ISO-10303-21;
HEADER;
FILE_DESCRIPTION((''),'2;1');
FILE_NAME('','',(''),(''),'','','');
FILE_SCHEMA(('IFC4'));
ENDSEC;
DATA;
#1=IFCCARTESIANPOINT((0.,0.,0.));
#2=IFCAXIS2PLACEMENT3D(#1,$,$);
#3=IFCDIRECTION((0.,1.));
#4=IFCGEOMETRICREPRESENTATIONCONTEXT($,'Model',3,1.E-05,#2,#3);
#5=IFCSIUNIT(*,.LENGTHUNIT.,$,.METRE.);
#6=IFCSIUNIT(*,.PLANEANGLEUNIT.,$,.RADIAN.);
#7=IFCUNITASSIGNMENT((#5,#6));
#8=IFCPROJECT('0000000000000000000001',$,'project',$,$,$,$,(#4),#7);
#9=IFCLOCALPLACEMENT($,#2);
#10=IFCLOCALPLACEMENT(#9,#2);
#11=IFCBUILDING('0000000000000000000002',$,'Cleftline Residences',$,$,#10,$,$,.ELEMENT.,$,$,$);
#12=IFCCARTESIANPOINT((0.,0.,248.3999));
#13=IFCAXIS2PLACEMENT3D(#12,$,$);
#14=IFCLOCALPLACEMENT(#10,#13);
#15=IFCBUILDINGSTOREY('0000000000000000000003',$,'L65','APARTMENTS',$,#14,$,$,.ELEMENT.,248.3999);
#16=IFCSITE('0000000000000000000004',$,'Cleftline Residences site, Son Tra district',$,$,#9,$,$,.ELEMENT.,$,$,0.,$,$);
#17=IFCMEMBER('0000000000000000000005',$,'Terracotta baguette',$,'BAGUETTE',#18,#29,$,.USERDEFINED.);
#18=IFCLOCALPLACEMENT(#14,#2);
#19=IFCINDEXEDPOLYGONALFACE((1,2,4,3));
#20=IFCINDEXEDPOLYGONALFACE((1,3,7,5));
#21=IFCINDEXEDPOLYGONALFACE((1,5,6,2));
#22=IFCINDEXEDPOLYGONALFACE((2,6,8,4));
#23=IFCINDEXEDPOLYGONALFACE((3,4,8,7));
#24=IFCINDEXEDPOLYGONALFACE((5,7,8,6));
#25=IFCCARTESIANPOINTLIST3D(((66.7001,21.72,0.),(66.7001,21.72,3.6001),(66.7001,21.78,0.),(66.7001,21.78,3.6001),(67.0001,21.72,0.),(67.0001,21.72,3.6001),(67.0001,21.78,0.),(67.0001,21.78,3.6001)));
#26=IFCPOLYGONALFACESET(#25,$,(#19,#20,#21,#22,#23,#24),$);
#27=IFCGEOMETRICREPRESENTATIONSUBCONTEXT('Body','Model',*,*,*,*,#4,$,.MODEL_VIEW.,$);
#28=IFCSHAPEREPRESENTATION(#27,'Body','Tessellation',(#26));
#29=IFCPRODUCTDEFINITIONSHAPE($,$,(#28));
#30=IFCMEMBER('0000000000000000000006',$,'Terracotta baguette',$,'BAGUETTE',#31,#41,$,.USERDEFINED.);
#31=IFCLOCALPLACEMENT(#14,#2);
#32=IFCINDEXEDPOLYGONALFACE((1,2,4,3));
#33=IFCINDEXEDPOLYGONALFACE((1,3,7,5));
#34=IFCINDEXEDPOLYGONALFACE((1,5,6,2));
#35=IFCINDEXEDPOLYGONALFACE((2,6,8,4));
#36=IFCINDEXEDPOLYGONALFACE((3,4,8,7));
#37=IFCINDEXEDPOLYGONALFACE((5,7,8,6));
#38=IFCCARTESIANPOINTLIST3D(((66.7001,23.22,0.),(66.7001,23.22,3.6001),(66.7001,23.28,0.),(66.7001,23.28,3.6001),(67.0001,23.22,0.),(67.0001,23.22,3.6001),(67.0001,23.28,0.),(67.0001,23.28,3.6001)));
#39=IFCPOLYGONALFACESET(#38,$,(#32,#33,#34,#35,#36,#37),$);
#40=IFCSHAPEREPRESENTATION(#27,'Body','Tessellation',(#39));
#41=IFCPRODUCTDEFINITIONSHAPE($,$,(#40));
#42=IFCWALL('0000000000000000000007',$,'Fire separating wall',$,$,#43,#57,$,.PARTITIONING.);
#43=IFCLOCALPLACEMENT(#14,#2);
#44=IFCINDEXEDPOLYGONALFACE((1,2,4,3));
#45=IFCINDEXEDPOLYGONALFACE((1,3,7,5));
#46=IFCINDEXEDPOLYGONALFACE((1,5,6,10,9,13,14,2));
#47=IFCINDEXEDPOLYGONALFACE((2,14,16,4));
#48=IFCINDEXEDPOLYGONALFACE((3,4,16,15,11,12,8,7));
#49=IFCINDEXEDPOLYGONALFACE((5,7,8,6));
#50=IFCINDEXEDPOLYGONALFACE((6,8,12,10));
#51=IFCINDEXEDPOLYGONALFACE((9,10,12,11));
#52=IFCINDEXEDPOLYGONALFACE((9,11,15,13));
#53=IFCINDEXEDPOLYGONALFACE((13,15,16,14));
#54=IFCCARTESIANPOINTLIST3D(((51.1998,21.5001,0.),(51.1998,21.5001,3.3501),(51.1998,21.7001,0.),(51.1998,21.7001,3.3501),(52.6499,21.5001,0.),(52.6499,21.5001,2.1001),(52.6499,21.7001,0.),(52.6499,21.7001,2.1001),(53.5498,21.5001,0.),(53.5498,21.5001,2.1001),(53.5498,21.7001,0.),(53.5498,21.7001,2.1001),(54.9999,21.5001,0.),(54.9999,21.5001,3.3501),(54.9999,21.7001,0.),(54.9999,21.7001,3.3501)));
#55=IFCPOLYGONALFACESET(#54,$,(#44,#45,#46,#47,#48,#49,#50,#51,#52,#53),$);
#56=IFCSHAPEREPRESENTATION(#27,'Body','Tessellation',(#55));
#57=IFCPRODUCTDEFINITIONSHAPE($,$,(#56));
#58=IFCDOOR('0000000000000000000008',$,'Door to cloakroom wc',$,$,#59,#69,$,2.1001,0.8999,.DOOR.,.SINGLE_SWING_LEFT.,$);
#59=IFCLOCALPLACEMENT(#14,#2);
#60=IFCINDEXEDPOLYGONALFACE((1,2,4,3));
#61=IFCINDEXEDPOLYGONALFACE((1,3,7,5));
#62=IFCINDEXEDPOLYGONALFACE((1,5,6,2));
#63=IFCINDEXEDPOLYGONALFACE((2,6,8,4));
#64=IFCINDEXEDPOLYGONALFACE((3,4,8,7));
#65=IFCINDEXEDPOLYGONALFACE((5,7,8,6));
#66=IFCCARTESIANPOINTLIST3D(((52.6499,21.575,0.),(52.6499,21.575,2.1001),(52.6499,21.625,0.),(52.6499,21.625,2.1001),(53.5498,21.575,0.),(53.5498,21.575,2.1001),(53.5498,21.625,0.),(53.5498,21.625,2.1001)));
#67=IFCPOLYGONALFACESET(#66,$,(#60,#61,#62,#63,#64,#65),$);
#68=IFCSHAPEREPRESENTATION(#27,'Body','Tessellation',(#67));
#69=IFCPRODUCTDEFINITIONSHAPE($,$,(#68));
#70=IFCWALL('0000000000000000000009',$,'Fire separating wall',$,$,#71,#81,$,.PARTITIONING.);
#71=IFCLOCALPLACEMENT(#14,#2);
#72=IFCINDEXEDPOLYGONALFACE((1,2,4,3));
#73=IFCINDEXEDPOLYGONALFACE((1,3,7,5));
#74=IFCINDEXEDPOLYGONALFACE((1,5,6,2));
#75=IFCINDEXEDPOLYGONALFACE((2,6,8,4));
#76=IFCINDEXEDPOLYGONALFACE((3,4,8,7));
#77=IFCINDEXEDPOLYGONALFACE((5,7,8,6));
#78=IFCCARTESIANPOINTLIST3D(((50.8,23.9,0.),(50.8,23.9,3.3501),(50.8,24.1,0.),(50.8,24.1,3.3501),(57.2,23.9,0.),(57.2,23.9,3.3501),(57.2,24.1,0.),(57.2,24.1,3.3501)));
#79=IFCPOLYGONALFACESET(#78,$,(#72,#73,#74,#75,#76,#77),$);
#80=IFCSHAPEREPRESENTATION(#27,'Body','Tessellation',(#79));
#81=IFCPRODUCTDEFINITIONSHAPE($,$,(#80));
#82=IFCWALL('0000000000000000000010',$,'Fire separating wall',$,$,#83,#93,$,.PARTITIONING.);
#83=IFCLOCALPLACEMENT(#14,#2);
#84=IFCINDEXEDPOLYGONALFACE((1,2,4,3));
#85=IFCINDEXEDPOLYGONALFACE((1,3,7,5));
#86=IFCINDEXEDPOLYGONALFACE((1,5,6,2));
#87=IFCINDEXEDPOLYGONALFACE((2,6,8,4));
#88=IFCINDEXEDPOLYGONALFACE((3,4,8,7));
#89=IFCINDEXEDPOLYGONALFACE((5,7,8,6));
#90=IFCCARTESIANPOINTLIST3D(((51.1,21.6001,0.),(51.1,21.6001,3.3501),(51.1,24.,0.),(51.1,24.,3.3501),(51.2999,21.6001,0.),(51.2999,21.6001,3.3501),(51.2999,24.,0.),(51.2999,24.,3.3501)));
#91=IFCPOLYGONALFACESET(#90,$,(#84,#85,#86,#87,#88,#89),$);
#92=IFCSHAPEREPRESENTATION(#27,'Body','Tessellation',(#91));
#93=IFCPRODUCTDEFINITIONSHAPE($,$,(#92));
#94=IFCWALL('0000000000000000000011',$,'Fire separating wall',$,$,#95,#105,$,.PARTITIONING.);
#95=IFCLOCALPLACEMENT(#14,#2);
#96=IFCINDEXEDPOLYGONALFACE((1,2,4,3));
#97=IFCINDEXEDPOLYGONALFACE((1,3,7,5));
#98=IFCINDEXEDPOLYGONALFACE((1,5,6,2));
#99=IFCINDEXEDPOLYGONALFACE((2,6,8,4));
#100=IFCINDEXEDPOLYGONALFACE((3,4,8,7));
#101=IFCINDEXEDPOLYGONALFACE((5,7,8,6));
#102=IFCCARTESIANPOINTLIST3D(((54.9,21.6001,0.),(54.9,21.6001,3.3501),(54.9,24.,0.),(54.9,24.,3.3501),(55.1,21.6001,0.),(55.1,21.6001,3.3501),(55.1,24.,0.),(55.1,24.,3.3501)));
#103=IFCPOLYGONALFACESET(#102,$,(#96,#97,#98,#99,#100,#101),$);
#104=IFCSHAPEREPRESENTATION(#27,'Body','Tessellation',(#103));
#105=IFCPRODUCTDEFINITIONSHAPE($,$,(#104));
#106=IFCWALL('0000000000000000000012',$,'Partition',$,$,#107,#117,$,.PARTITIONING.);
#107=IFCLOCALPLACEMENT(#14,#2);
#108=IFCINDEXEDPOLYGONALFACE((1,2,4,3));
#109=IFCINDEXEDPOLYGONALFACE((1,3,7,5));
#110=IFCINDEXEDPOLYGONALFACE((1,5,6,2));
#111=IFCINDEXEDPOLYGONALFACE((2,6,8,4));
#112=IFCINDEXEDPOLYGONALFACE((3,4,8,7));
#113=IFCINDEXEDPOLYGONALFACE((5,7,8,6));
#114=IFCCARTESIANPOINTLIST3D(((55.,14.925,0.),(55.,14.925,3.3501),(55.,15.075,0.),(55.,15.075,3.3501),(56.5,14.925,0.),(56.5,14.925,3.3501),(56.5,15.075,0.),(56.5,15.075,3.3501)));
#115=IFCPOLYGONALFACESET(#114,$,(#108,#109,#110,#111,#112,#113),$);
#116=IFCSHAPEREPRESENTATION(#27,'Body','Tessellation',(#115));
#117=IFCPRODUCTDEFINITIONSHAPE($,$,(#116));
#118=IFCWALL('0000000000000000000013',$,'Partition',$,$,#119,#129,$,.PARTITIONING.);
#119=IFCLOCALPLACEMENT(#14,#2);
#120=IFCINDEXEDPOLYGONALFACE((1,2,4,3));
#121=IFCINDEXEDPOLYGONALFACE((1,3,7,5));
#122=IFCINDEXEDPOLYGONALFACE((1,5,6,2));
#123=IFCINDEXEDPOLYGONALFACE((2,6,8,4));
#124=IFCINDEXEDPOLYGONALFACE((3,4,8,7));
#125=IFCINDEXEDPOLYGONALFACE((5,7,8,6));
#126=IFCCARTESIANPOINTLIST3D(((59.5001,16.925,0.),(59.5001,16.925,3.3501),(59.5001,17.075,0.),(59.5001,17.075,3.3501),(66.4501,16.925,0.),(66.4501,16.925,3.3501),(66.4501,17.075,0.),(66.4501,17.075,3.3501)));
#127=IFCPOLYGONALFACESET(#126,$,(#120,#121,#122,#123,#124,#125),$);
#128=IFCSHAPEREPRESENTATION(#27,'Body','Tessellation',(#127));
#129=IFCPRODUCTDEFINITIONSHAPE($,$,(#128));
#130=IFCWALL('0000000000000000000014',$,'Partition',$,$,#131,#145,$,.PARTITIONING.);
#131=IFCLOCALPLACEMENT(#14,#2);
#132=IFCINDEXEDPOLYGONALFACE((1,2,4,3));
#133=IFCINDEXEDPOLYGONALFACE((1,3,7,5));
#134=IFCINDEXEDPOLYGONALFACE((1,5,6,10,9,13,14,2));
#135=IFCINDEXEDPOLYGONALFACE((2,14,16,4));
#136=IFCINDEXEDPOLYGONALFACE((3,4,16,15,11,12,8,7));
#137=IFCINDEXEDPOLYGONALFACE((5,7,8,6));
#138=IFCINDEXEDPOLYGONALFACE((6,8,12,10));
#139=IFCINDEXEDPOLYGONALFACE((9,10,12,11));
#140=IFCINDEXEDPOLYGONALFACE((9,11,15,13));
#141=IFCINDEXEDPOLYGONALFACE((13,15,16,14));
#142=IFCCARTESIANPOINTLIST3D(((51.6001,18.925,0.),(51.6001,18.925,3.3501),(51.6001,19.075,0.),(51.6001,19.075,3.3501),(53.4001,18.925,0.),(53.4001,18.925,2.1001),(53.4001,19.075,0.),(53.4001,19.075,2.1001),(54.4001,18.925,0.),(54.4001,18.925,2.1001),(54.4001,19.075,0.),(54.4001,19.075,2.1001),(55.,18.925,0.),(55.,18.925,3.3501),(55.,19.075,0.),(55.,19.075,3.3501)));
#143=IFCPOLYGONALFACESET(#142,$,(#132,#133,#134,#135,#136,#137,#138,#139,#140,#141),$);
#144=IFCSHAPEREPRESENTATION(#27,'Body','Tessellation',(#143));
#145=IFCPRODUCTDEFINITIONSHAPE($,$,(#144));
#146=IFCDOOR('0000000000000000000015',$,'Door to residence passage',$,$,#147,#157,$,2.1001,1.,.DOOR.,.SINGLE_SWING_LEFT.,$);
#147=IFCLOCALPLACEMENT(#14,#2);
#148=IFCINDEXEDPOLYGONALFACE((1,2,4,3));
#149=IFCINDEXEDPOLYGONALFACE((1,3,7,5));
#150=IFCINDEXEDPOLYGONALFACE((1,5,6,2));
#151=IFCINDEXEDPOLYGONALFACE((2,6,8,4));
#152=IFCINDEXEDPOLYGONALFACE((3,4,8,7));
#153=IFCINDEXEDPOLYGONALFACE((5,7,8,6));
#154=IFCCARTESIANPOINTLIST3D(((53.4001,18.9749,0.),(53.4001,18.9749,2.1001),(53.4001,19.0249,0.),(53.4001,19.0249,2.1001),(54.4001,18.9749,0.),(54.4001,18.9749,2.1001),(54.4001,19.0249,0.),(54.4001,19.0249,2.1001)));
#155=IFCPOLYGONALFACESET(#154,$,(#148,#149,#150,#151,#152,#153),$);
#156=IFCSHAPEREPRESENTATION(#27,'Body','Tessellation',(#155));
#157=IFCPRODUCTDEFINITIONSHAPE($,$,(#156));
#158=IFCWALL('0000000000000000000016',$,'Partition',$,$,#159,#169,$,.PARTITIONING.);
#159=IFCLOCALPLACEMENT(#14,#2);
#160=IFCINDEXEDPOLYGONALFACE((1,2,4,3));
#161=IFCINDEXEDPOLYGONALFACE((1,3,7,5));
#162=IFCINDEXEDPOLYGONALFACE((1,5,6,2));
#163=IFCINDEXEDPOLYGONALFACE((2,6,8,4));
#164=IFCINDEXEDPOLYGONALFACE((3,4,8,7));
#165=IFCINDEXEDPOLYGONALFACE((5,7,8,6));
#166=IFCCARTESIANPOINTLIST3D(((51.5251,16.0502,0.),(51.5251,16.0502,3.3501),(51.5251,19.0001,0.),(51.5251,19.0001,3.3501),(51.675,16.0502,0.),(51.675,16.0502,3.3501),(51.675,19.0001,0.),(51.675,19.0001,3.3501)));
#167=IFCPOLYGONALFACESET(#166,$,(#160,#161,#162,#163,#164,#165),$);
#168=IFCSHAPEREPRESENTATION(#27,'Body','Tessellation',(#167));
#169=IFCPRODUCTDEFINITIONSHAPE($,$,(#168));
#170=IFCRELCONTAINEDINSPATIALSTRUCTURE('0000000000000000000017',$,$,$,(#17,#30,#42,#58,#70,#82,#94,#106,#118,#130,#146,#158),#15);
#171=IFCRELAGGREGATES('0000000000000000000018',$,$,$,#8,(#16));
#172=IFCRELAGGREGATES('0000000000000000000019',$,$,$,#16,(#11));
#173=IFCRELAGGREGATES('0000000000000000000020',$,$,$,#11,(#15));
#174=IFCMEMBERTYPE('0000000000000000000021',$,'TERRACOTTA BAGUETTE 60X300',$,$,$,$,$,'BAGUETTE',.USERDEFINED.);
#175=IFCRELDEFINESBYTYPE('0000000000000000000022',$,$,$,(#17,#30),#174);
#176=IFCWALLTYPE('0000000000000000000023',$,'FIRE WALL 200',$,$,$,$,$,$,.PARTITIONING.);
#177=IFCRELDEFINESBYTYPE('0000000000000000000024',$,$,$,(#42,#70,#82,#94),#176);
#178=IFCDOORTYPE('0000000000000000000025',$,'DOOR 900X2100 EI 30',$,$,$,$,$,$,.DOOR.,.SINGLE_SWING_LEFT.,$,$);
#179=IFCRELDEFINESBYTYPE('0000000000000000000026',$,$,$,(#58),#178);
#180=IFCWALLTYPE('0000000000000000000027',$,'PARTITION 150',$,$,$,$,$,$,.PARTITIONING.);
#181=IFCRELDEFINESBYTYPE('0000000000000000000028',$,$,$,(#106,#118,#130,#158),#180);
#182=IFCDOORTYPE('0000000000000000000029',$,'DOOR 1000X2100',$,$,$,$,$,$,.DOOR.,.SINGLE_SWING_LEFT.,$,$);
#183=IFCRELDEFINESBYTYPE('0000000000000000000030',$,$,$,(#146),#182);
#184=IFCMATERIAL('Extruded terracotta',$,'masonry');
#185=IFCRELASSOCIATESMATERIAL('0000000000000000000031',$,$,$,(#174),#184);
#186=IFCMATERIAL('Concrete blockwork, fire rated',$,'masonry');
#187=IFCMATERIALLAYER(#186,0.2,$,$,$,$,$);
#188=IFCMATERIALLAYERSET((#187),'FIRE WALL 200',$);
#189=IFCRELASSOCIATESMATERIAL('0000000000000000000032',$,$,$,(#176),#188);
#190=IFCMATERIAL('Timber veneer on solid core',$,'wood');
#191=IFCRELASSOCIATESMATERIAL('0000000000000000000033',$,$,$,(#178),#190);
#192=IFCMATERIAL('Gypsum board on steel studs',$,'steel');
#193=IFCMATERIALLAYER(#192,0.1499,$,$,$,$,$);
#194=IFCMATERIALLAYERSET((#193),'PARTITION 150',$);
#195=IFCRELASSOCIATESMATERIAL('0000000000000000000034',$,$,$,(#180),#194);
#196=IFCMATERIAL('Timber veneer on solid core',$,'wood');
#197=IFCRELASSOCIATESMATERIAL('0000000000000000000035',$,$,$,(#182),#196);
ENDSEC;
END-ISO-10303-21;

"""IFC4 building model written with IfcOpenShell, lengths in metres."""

from ifc_helpers import new_model, si_unit, direction, frame, frame_2d, origin, origin_2d, place, context, subcontext, project, spatial, rectangle, extrude, material, layer, layer_set, material_profile, profile_set, type_object, element, fill, save


model = new_model("IFC4")

# Units and contexts
model_context = context("Model", 3, precision=1e-05, world=origin(), true_north=direction((0.0, 1.0)))
body_context = subcontext(model_context, "Body", "Model", "MODEL_VIEW")
ifc_project = project(units=[si_unit("LENGTHUNIT", "METRE"), si_unit("PLANEANGLEUNIT", "RADIAN")], contexts=[model_context])

# Site, building, storey
site_placement = place(None, origin())
site = spatial("IfcSite", under=ifc_project, at=site_placement, Name="Cleftline Residences site, Son Tra district", CompositionType="ELEMENT", RefElevation=0.0)
building_placement = place(site_placement, origin())
building = spatial("IfcBuilding", under=site, at=building_placement, Name="Cleftline Residences", CompositionType="ELEMENT")
storey_placement = place(building_placement, frame((0.0, 0.0, 248.3999)))
storey = spatial("IfcBuildingStorey", under=building, at=storey_placement, Name="L65", Description="APARTMENTS", CompositionType="ELEMENT", Elevation=248.3999)

# Members
ifc_material_1 = material(Name="Extruded terracotta", Category="masonry")
ifc_material_profile_1 = material_profile(ifc_material_1, rectangle(XDim=0.0601, YDim=0.3, at=origin_2d()))
ifc_profile_set_1 = profile_set([ifc_material_profile_1], Name="Extruded terracotta")
member_type_1 = type_object("IfcMemberType", Name="TERRACOTTA BAGUETTE 60X300", ElementType="BAGUETTE", PredefinedType="USERDEFINED", material=ifc_profile_set_1)
for number, where, z_axis, x_axis, name in (
    (1, (66.8501, 21.75, 0.0), (0.0, 0.0, 1.0), (0.0, 1.0, 0.0), "Terracotta baguette"),
    (2, (66.8501, 23.25, 0.0), (0.0, 0.0, 1.0), (0.0, 1.0, 0.0), "Terracotta baguette"),
):
    element("IfcMember", number, at=place(storey_placement, frame(where, z_axis=z_axis, x_axis=x_axis)), inside=storey, type_object=member_type_1, Name=name, ObjectType="BAGUETTE", PredefinedType="USERDEFINED", context=body_context, shape_type="SweptSolid", body=[
        extrude(rectangle(XDim=0.0601, YDim=0.3, at=origin_2d()), origin(), (0.0, 0.0, 1.0), 3.6001),
    ])

# Wall, opening, door
ifc_material_2 = material(Name="Concrete blockwork, fire rated", Category="masonry")
ifc_layer_1 = layer(ifc_material_2, 0.2)
ifc_layer_set_1 = layer_set([ifc_layer_1], Name="FIRE WALL 200")
wall_type_1 = type_object("IfcWallType", Name="FIRE WALL 200", PredefinedType="PARTITIONING", material=ifc_layer_set_1)
wall_1_placement = place(storey_placement, frame((51.2, 21.6001, 0.0), z_axis=(0.0, 0.0, 1.0), x_axis=(1.0, 0.0, 0.0)))
wall_1 = element("IfcWall", 3, at=wall_1_placement, inside=storey, type_object=wall_type_1, Name="Fire separating wall", PredefinedType="PARTITIONING", context=body_context, shape_type="SweptSolid", body=[
    extrude(rectangle(XDim=3.8, YDim=0.2, at=frame_2d((1.8999, 0.0))), origin(), (0.0, 0.0, 1.0), 3.3501),
])
opening_1_placement = place(wall_1_placement, frame((1.45, 0.0, 0.0)))
opening_1 = element("IfcOpeningElement", 4, at=opening_1_placement, cuts=wall_1, PredefinedType="OPENING", context=body_context, shape_type="SweptSolid", body=[
    extrude(rectangle(XDim=0.8999, YDim=2.1001, at=frame_2d((0.45, 1.05))), frame((0.0, 0.1099, 0.0), z_axis=(0.0, -1.0, 0.0), x_axis=(1.0, 0.0, 0.0)), (0.0, 0.0, 1.0), 0.22),
])
ifc_material_3 = material(Name="Timber veneer on solid core", Category="wood")
door_type_1 = type_object("IfcDoorType", Name="DOOR 900X2100 EI 30", OperationType="SINGLE_SWING_LEFT", PredefinedType="DOOR", material=ifc_material_3)
door_1_placement = place(opening_1_placement, origin())
door_1 = element("IfcDoor", 5, at=door_1_placement, inside=storey, type_object=door_type_1, Name="Door to cloakroom wc", OperationType="SINGLE_SWING_LEFT", OverallHeight=2.1001, OverallWidth=0.8999, PredefinedType="DOOR", context=body_context, shape_type="SweptSolid", body=[
    extrude(rectangle(XDim=0.8999, YDim=2.1001, at=frame_2d((0.45, 1.05))), frame((0.0, 0.0249, 0.0), z_axis=(0.0, -1.0, 0.0), x_axis=(1.0, 0.0, 0.0)), (0.0, 0.0, 1.0), 0.05),
])
fill(opening_1, door_1)

# Walls
wall_2_placement = place(storey_placement, frame((50.8, 24.0, 0.0), z_axis=(0.0, 0.0, 1.0), x_axis=(1.0, 0.0, 0.0)))
element("IfcWall", 6, at=wall_2_placement, inside=storey, type_object=wall_type_1, Name="Fire separating wall", PredefinedType="PARTITIONING", context=body_context, shape_type="SweptSolid", body=[
    extrude(rectangle(XDim=6.3999, YDim=0.2, at=frame_2d((3.2, 0.0))), origin(), (0.0, 0.0, 1.0), 3.3501),
])
for number, where, z_axis, x_axis, name in (
    (7, (51.2, 21.6001, 0.0), (0.0, 0.0, 1.0), (0.0, 1.0, 0.0), "Fire separating wall"),
    (8, (55.0, 21.6001, 0.0), (0.0, 0.0, 1.0), (0.0, 1.0, 0.0), "Fire separating wall"),
):
    element("IfcWall", number, at=place(storey_placement, frame(where, z_axis=z_axis, x_axis=x_axis)), inside=storey, type_object=wall_type_1, Name=name, PredefinedType="PARTITIONING", context=body_context, shape_type="SweptSolid", body=[
        extrude(rectangle(XDim=2.3999, YDim=0.2, at=frame_2d((1.2, 0.0))), origin(), (0.0, 0.0, 1.0), 3.3501),
    ])
ifc_material_4 = material(Name="Gypsum board on steel studs", Category="steel")
ifc_layer_2 = layer(ifc_material_4, 0.1499)
ifc_layer_set_2 = layer_set([ifc_layer_2], Name="PARTITION 150")
wall_type_2 = type_object("IfcWallType", Name="PARTITION 150", PredefinedType="PARTITIONING", material=ifc_layer_set_2)
wall_3_placement = place(storey_placement, frame((55.0, 15.0, 0.0), z_axis=(0.0, 0.0, 1.0), x_axis=(1.0, 0.0, 0.0)))
element("IfcWall", 9, at=wall_3_placement, inside=storey, type_object=wall_type_2, Name="Partition", PredefinedType="PARTITIONING", context=body_context, shape_type="SweptSolid", body=[
    extrude(rectangle(XDim=1.5, YDim=0.1499, at=frame_2d((0.75, 0.0))), origin(), (0.0, 0.0, 1.0), 3.3501),
])
wall_4_placement = place(storey_placement, frame((59.5, 17.0, 0.0), z_axis=(0.0, 0.0, 1.0), x_axis=(1.0, 0.0, 0.0)))
element("IfcWall", 10, at=wall_4_placement, inside=storey, type_object=wall_type_2, Name="Partition", PredefinedType="PARTITIONING", context=body_context, shape_type="SweptSolid", body=[
    extrude(rectangle(XDim=6.95, YDim=0.1499, at=frame_2d((3.4751, 0.0))), origin(), (0.0, 0.0, 1.0), 3.3501),
])

# Wall, opening, door
wall_5_placement = place(storey_placement, frame((51.6001, 19.0, 0.0), z_axis=(0.0, 0.0, 1.0), x_axis=(1.0, 0.0, 0.0)))
wall_5 = element("IfcWall", 11, at=wall_5_placement, inside=storey, type_object=wall_type_2, Name="Partition", PredefinedType="PARTITIONING", context=body_context, shape_type="SweptSolid", body=[
    extrude(rectangle(XDim=3.3999, YDim=0.1499, at=frame_2d((1.7, 0.0))), origin(), (0.0, 0.0, 1.0), 3.3501),
])
opening_2_placement = place(wall_5_placement, frame((1.8, 0.0, 0.0)))
opening_2 = element("IfcOpeningElement", 12, at=opening_2_placement, cuts=wall_5, PredefinedType="OPENING", context=body_context, shape_type="SweptSolid", body=[
    extrude(rectangle(XDim=1.0, YDim=2.1001, at=frame_2d((0.5, 1.05))), frame((0.0, 0.085, 0.0), z_axis=(0.0, -1.0, 0.0), x_axis=(1.0, 0.0, 0.0)), (0.0, 0.0, 1.0), 0.1699),
])
ifc_material_5 = material(Name="Timber veneer on solid core", Category="wood")
door_type_2 = type_object("IfcDoorType", Name="DOOR 1000X2100", OperationType="SINGLE_SWING_LEFT", PredefinedType="DOOR", material=ifc_material_5)
door_2_placement = place(opening_2_placement, origin())
door_2 = element("IfcDoor", 13, at=door_2_placement, inside=storey, type_object=door_type_2, Name="Door to residence passage", OperationType="SINGLE_SWING_LEFT", OverallHeight=2.1001, OverallWidth=1.0, PredefinedType="DOOR", context=body_context, shape_type="SweptSolid", body=[
    extrude(rectangle(XDim=1.0, YDim=2.1001, at=frame_2d((0.5, 1.05))), frame((0.0, 0.0249, 0.0), z_axis=(0.0, -1.0, 0.0), x_axis=(1.0, 0.0, 0.0)), (0.0, 0.0, 1.0), 0.05),
])
fill(opening_2, door_2)

# Wall
wall_6_placement = place(storey_placement, frame((51.6001, 16.05, 0.0), z_axis=(0.0, 0.0, 1.0), x_axis=(0.0, 1.0, 0.0)))
element("IfcWall", 14, at=wall_6_placement, inside=storey, type_object=wall_type_2, Name="Partition", PredefinedType="PARTITIONING", context=body_context, shape_type="SweptSolid", body=[
    extrude(rectangle(XDim=2.95, YDim=0.1499, at=frame_2d((1.4751, 0.0))), origin(), (0.0, 0.0, 1.0), 3.3501),
])

save(model, "model.ifc")
